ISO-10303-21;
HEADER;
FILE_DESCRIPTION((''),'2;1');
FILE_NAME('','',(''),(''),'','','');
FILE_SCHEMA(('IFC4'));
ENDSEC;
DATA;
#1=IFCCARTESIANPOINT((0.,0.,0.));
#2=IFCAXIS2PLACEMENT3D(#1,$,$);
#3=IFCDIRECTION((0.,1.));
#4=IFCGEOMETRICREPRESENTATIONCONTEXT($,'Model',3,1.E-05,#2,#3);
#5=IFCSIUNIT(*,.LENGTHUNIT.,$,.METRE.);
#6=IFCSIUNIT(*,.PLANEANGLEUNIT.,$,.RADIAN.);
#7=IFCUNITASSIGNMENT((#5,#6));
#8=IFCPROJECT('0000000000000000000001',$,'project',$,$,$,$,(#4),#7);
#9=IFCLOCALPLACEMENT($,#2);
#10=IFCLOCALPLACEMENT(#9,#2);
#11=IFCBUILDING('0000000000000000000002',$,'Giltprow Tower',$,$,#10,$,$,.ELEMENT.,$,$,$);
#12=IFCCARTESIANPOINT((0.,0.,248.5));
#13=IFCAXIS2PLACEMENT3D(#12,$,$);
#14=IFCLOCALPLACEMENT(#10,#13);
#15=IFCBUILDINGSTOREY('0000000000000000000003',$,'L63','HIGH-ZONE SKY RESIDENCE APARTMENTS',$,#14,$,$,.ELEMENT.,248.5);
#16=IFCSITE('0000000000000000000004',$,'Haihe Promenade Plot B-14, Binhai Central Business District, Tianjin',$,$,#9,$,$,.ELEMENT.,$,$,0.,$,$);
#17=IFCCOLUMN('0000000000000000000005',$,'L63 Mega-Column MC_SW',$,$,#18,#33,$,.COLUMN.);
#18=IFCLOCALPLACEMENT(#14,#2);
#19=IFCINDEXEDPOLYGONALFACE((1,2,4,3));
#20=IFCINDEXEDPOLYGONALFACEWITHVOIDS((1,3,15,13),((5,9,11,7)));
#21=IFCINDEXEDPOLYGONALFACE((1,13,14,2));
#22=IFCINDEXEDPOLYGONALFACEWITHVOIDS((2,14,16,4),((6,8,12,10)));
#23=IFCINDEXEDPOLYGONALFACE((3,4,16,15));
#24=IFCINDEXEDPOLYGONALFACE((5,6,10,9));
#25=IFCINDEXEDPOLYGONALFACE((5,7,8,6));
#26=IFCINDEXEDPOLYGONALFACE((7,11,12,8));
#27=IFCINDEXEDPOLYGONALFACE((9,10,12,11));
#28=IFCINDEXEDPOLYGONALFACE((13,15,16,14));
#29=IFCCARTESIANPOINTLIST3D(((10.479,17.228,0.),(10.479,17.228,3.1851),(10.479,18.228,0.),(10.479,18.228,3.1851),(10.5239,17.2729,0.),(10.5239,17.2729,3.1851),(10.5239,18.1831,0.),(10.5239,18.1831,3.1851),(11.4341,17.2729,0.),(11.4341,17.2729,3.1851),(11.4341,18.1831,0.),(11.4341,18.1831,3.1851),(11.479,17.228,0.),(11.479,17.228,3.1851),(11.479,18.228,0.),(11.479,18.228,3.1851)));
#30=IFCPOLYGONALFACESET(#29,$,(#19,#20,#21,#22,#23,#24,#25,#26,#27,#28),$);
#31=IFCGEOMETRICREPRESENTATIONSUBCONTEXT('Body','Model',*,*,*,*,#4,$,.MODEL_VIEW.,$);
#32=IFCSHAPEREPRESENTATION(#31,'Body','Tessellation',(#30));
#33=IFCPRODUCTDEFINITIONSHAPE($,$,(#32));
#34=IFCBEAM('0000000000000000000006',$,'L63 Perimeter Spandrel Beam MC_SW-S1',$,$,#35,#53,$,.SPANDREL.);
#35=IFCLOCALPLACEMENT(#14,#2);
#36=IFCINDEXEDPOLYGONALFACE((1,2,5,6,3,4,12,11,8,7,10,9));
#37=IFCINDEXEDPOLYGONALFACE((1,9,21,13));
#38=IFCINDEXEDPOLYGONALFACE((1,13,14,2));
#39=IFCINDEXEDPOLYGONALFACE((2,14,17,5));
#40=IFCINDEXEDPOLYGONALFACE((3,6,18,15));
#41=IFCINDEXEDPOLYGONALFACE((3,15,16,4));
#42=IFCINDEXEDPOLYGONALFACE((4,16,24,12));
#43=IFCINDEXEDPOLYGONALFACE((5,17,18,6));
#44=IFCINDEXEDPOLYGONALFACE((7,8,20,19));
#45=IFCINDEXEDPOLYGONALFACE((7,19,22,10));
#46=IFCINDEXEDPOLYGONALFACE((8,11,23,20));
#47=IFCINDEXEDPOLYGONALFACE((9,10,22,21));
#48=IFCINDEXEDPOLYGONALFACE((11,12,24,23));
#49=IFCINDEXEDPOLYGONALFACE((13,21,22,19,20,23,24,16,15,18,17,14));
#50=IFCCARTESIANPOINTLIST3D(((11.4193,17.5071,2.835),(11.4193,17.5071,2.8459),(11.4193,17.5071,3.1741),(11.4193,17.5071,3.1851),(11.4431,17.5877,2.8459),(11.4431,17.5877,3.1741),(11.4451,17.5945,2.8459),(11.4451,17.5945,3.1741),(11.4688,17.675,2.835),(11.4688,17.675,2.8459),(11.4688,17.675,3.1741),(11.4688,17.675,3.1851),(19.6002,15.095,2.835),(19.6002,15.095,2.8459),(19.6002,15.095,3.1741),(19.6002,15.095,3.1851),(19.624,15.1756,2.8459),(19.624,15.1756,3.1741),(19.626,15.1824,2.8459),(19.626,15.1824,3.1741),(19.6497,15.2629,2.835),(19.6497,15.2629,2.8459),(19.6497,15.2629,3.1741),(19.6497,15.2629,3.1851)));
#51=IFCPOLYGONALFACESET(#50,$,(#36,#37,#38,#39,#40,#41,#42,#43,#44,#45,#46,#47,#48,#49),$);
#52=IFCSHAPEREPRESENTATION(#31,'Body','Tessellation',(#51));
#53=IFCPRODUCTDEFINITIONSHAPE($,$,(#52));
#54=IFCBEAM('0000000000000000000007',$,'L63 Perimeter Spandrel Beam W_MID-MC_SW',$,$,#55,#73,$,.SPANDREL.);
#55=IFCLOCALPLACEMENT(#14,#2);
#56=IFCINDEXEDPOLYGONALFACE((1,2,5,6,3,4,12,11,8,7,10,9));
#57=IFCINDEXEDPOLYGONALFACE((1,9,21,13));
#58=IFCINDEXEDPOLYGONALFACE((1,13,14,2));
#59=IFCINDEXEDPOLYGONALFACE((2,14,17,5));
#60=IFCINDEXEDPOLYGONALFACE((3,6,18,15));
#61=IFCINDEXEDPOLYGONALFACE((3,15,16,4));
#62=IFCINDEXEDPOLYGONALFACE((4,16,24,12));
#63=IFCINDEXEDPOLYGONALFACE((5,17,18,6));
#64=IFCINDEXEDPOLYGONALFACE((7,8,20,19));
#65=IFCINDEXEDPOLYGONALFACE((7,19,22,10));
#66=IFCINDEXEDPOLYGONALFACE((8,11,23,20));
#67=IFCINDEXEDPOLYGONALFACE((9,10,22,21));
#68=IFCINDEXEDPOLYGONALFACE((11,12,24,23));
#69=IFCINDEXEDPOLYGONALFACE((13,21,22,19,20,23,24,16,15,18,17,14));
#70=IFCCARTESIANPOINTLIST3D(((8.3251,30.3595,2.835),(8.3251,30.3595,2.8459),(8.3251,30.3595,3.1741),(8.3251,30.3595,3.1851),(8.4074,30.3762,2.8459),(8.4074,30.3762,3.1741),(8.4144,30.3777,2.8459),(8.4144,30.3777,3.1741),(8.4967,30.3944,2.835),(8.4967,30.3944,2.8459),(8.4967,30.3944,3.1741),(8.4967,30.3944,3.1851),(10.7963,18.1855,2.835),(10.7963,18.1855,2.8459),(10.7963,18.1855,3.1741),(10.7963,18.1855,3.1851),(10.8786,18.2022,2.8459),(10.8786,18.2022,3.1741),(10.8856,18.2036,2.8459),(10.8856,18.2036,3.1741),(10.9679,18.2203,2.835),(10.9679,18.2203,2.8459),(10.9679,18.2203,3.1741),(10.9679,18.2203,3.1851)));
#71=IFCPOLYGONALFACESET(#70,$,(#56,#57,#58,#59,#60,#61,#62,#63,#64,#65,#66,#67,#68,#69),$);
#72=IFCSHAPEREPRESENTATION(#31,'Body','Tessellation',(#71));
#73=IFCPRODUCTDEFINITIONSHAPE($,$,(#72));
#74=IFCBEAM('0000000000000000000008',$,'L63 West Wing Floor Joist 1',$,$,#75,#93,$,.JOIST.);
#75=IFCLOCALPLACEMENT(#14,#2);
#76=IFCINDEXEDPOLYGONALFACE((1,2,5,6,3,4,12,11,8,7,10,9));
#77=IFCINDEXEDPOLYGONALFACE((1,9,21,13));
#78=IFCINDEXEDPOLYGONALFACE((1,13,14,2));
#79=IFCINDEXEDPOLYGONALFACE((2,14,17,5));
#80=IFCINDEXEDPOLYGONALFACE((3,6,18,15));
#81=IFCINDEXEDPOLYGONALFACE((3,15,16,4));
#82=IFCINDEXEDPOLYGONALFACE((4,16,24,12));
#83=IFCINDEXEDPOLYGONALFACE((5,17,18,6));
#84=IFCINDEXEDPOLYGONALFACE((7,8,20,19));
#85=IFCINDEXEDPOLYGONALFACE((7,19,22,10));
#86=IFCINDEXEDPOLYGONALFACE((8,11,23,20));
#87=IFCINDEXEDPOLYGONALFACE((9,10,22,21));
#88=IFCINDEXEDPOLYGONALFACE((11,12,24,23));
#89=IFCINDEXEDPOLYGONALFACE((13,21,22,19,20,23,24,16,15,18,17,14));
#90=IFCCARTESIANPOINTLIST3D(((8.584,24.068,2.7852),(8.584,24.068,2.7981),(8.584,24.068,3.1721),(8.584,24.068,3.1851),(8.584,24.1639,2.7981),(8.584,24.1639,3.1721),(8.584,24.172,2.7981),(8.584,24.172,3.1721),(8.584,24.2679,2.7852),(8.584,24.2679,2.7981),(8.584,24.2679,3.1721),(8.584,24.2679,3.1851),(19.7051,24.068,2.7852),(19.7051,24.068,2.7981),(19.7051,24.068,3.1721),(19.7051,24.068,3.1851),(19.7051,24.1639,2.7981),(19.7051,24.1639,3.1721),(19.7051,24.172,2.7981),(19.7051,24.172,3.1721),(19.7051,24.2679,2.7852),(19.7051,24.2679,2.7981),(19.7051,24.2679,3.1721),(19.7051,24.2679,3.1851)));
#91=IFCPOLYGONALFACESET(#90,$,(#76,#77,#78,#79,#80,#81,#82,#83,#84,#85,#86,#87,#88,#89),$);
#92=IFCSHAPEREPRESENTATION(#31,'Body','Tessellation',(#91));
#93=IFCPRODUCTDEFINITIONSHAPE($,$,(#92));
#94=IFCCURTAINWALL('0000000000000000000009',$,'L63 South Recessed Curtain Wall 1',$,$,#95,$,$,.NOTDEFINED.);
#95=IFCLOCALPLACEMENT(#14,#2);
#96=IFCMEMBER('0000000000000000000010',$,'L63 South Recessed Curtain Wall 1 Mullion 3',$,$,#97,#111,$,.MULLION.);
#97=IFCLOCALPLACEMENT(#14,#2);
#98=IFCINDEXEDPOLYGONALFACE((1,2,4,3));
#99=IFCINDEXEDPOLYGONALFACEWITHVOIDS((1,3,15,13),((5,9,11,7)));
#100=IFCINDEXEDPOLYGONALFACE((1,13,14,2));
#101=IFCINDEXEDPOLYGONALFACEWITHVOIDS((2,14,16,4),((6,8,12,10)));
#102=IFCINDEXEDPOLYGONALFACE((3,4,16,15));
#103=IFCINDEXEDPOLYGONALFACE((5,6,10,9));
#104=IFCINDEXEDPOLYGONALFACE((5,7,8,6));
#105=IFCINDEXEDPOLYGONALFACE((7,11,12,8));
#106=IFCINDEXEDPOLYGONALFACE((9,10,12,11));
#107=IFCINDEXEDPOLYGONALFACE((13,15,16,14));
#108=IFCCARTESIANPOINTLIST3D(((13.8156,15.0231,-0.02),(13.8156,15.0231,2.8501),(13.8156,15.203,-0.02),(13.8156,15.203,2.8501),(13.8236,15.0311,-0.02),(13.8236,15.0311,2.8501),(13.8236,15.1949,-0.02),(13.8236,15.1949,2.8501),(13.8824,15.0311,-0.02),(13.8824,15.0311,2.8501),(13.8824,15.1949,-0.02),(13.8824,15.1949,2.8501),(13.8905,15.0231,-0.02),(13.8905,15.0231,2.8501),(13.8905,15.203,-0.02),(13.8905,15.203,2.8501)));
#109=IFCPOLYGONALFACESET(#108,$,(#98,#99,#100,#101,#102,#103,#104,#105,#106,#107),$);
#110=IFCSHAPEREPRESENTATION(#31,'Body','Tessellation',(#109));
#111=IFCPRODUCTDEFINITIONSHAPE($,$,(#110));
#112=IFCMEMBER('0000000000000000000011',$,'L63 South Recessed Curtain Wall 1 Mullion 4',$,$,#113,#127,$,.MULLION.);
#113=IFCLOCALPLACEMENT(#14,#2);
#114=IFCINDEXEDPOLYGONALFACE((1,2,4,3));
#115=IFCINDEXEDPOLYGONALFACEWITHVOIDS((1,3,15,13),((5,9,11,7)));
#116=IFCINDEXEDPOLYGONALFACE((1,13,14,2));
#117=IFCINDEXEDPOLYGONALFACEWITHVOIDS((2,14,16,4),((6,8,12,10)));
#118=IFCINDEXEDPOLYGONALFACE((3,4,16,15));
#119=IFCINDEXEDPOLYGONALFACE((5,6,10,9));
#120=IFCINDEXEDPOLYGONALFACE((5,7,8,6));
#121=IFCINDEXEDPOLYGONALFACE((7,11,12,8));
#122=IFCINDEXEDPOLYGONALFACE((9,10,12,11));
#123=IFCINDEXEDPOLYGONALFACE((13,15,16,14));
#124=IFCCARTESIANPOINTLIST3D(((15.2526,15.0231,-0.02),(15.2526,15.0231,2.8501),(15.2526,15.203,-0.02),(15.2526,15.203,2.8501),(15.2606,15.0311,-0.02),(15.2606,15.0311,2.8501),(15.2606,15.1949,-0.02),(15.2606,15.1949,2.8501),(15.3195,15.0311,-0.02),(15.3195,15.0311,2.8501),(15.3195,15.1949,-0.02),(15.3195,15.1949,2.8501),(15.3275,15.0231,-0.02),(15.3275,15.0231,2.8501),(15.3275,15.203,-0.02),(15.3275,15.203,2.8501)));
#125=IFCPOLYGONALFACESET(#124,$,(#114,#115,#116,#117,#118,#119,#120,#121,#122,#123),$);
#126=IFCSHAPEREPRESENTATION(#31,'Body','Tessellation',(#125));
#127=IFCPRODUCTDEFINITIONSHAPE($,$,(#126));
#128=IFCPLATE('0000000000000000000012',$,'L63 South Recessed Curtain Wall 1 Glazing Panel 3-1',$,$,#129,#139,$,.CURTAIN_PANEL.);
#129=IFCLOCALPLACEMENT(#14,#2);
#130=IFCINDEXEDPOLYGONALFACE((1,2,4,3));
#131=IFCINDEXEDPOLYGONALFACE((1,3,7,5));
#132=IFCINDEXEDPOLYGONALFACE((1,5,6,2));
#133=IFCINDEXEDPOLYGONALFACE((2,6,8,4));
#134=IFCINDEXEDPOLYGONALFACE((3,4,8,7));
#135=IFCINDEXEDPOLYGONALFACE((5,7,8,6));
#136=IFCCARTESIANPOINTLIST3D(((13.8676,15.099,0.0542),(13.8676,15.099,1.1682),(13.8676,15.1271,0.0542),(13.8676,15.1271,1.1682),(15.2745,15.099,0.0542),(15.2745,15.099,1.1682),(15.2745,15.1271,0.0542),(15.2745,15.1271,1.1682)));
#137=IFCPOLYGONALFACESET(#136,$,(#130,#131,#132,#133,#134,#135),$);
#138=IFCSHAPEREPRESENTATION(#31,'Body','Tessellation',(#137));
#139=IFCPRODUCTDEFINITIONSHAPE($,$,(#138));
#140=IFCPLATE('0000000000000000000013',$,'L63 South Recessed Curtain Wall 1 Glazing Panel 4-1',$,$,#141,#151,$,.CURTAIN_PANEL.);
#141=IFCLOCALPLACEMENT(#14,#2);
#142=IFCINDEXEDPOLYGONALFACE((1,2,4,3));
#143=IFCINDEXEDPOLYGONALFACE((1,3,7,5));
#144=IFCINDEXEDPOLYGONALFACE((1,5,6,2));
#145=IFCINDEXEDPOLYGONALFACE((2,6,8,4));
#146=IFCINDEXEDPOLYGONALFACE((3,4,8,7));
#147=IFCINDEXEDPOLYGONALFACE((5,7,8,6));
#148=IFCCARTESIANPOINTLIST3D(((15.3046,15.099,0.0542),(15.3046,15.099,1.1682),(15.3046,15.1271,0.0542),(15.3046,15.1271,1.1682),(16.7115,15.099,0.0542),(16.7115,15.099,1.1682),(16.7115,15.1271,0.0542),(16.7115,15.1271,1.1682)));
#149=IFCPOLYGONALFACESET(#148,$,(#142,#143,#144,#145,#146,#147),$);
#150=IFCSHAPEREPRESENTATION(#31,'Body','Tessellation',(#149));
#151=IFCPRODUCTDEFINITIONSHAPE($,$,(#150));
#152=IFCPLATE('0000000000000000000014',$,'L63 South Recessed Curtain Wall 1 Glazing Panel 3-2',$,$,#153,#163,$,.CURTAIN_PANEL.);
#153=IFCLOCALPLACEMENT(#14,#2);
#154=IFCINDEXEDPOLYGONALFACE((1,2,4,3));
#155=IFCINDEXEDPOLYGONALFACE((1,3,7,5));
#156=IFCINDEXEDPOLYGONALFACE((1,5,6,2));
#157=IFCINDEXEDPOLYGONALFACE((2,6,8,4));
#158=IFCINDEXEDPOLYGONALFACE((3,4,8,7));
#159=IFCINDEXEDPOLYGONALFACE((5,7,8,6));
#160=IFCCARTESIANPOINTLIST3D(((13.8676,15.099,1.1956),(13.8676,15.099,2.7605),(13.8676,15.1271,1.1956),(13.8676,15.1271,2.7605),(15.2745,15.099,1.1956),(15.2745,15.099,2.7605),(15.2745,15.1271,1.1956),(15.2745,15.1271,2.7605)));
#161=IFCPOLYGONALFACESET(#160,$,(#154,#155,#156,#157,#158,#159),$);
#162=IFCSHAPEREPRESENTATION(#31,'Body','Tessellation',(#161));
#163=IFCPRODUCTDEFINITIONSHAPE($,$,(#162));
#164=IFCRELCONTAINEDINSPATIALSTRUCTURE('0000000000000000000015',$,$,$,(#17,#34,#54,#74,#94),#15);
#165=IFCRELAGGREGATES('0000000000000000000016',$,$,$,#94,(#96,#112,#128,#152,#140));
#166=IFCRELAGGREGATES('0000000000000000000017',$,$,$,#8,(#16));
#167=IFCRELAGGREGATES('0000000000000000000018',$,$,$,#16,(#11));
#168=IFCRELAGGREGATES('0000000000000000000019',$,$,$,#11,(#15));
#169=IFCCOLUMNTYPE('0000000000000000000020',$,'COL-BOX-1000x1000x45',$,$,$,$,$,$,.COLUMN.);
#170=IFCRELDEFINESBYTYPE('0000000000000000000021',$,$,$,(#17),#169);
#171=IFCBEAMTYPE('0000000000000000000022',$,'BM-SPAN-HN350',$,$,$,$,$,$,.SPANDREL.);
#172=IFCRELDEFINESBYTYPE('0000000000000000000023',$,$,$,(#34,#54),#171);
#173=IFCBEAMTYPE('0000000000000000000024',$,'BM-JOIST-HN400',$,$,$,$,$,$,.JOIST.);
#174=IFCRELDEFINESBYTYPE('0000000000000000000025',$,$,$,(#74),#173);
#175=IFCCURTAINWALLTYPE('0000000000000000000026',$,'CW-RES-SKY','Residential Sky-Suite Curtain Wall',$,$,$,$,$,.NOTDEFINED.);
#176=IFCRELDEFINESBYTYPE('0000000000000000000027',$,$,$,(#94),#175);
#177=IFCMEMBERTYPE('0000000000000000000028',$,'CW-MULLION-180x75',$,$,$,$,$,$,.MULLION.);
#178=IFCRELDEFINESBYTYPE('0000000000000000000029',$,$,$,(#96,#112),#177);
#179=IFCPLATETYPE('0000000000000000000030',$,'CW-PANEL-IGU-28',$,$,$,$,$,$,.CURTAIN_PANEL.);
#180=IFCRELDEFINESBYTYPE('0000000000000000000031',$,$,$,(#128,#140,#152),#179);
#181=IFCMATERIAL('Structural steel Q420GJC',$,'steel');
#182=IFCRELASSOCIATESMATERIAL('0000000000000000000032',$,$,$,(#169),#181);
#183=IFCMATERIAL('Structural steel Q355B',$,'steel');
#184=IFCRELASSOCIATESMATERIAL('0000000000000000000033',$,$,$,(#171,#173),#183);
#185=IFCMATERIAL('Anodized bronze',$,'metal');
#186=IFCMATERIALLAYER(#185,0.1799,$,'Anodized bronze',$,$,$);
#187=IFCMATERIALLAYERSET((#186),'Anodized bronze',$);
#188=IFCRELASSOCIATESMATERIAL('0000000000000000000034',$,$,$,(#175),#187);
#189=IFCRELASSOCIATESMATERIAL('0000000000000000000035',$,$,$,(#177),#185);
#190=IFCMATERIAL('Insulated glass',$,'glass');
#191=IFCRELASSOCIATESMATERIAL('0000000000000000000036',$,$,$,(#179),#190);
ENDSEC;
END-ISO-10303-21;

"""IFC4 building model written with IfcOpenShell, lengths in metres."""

from ifc_helpers import new_model, si_unit, direction, frame, origin, origin_2d, place, context, subcontext, project, spatial, rectangle, hollow_rectangle, i_section, extrude, source, transform, mapped, material, layer, layer_set, material_profile, profile_set, type_object, element, aggregate, save


model = new_model("IFC4")

# Units and contexts
model_context = context("Model", 3, precision=1e-05, world=origin(), true_north=direction((0.0, 1.0)))
body_context = subcontext(model_context, "Body", "Model", "MODEL_VIEW")
ifc_project = project(units=[si_unit("LENGTHUNIT", "METRE"), si_unit("PLANEANGLEUNIT", "RADIAN")], contexts=[model_context])

# Site, building, storey
site_placement = place(None, origin())
site = spatial("IfcSite", under=ifc_project, at=site_placement, Name="Haihe Promenade Plot B-14, Binhai Central Business District, Tianjin", CompositionType="ELEMENT", RefElevation=0.0)
building_placement = place(site_placement, origin())
building = spatial("IfcBuilding", under=site, at=building_placement, Name="Giltprow Tower", CompositionType="ELEMENT")
storey_placement = place(building_placement, frame((0.0, 0.0, 248.5)))
storey = spatial("IfcBuildingStorey", under=building, at=storey_placement, Name="L63", Description="HIGH-ZONE SKY RESIDENCE APARTMENTS", CompositionType="ELEMENT", Elevation=248.5)

# Column
ifc_material_1 = material(Name="Structural steel Q420GJC", Category="steel")
ifc_material_profile_1 = material_profile(ifc_material_1, hollow_rectangle(XDim=1.0, YDim=1.0, WallThickness=0.0449, at=origin_2d()), Name="BOX 1000x1000x45")
ifc_profile_set_1 = profile_set([ifc_material_profile_1], Name="Structural steel Q420GJC")
column_type = type_object("IfcColumnType", Name="COL-BOX-1000x1000x45", PredefinedType="COLUMN", material=ifc_profile_set_1)
shared_shape_1 = source(origin(), body_context, "Body", "SweptSolid", [
    extrude(hollow_rectangle(XDim=1.0, YDim=1.0, WallThickness=0.0449, at=origin_2d()), origin(), (0.0, 0.0, 1.0), 3.1851),
])
column_placement = place(storey_placement, frame((10.979, 17.728, 0.0), z_axis=(0.0, 0.0, 1.0), x_axis=(1.0, 0.0, 0.0)))
element("IfcColumn", 1, at=column_placement, inside=storey, type_object=column_type, Name="L63 Mega-Column MC_SW", PredefinedType="COLUMN", context=body_context, shape_type="MappedRepresentation", body=[
    mapped(shared_shape_1, transform((0.0, 0.0, 0.0), x_axis=(1.0, 0.0, 0.0), y_axis=(0.0, 1.0, 0.0), z_axis=(0.0, 0.0, 1.0), scale=1.0)),
])

# Beams
ifc_material_2 = material(Name="Structural steel Q355B", Category="steel")
ifc_material_profile_2 = material_profile(ifc_material_2, i_section(OverallWidth=0.175, OverallDepth=0.3501, WebThickness=0.0071, FlangeThickness=0.011, at=origin_2d()), Name="HN 350x175x7x11")
ifc_profile_set_2 = profile_set([ifc_material_profile_2], Name="Structural steel Q355B")
beam_type_1 = type_object("IfcBeamType", Name="BM-SPAN-HN350", PredefinedType="SPANDREL", material=ifc_profile_set_2)
shared_shape_2 = source(origin(), body_context, "Body", "SweptSolid", [
    extrude(i_section(OverallWidth=0.175, OverallDepth=0.3501, WebThickness=0.0071, FlangeThickness=0.011, at=origin_2d()), origin(), (0.0, 0.0, 1.0), 8.5291),
])
beam_1_placement = place(storey_placement, frame((11.4441, 17.5911, 3.01), z_axis=(0.959176, -0.282809, 0.0), x_axis=(0.282809, 0.959176, 0.0)))
element("IfcBeam", 2, at=beam_1_placement, inside=storey, type_object=beam_type_1, Name="L63 Perimeter Spandrel Beam MC_SW-S1", PredefinedType="SPANDREL", context=body_context, shape_type="MappedRepresentation", body=[
    mapped(shared_shape_2, transform((0.0, 0.0, 0.0), x_axis=(1.0, 0.0, 0.0), y_axis=(0.0, 1.0, 0.0), z_axis=(0.0, 0.0, 1.0), scale=1.0)),
])
shared_shape_3 = source(origin(), body_context, "Body", "SweptSolid", [
    extrude(i_section(OverallWidth=0.175, OverallDepth=0.3501, WebThickness=0.0071, FlangeThickness=0.011, at=origin_2d()), origin(), (0.0, 0.0, 1.0), 12.4224),
])
beam_2_placement = place(storey_placement, frame((8.4109, 30.377, 3.01), z_axis=(0.198931, -0.980013, 0.0), x_axis=(0.980013, 0.198931, 0.0)))
element("IfcBeam", 3, at=beam_2_placement, inside=storey, type_object=beam_type_1, Name="L63 Perimeter Spandrel Beam W_MID-MC_SW", PredefinedType="SPANDREL", context=body_context, shape_type="MappedRepresentation", body=[
    mapped(shared_shape_3, transform((0.0, 0.0, 0.0), x_axis=(1.0, 0.0, 0.0), y_axis=(0.0, 1.0, 0.0), z_axis=(0.0, 0.0, 1.0), scale=1.0)),
])
ifc_material_profile_3 = material_profile(ifc_material_2, i_section(OverallWidth=0.2, OverallDepth=0.3999, WebThickness=0.0081, FlangeThickness=0.0129, at=origin_2d()), Name="HN 400x200x8x13")
ifc_profile_set_3 = profile_set([ifc_material_profile_3], Name="Structural steel Q355B")
beam_type_2 = type_object("IfcBeamType", Name="BM-JOIST-HN400", PredefinedType="JOIST", material=ifc_profile_set_3)
shared_shape_4 = source(origin(), body_context, "Body", "SweptSolid", [
    extrude(i_section(OverallWidth=0.2, OverallDepth=0.3999, WebThickness=0.0081, FlangeThickness=0.0129, at=origin_2d()), origin(), (0.0, 0.0, 1.0), 11.1211),
])
beam_3_placement = place(storey_placement, frame((8.584, 24.168, 2.9851), z_axis=(1.0, 0.0, 0.0), x_axis=(0.0, 1.0, 0.0)))
element("IfcBeam", 4, at=beam_3_placement, inside=storey, type_object=beam_type_2, Name="L63 West Wing Floor Joist 1", PredefinedType="JOIST", context=body_context, shape_type="MappedRepresentation", body=[
    mapped(shared_shape_4, transform((0.0, 0.0, 0.0), x_axis=(1.0, 0.0, 0.0), y_axis=(0.0, 1.0, 0.0), z_axis=(0.0, 0.0, 1.0), scale=1.0)),
])

# Curtain wall, members, plates
ifc_material_3 = material(Name="Anodized bronze", Category="metal")
ifc_layer_1 = layer(ifc_material_3, 0.1799, Name="Anodized bronze")
ifc_layer_set_1 = layer_set([ifc_layer_1], Name="Anodized bronze")
curtain_wall_type = type_object("IfcCurtainWallType", Name="CW-RES-SKY", Description="Residential Sky-Suite Curtain Wall", PredefinedType="NOTDEFINED", material=ifc_layer_set_1)
curtain_wall_placement = place(storey_placement, origin())
curtain_wall = element("IfcCurtainWall", 5, at=curtain_wall_placement, inside=storey, type_object=curtain_wall_type, Name="L63 South Recessed Curtain Wall 1", PredefinedType="NOTDEFINED")
ifc_material_profile_4 = material_profile(ifc_material_3, hollow_rectangle(XDim=0.075, YDim=0.1799, WallThickness=0.0081, at=origin_2d()), Name="RHS 180x75x8")
ifc_profile_set_4 = profile_set([ifc_material_profile_4], Name="Anodized bronze")
member_type = type_object("IfcMemberType", Name="CW-MULLION-180x75", PredefinedType="MULLION", material=ifc_profile_set_4)
shared_shape_5 = source(origin(), body_context, "Body", "SweptSolid", [
    extrude(hollow_rectangle(XDim=0.075, YDim=0.1799, WallThickness=0.0081, at=origin_2d()), origin(), (0.0, 0.0, 1.0), 2.8701),
])
member_1_placement = place(storey_placement, frame((13.853, 15.113, -0.02), z_axis=(0.0, 0.0, 1.0), x_axis=(1.0, 0.0, 0.0)))
member_1 = element("IfcMember", 6, at=member_1_placement, type_object=member_type, Name="L63 South Recessed Curtain Wall 1 Mullion 3", PredefinedType="MULLION", context=body_context, shape_type="MappedRepresentation", body=[
    mapped(shared_shape_5, transform((0.0, 0.0, 0.0), x_axis=(1.0, 0.0, 0.0), y_axis=(0.0, 1.0, 0.0), z_axis=(0.0, 0.0, 1.0), scale=1.0)),
])
member_2_placement = place(storey_placement, frame((15.29, 15.113, -0.02), z_axis=(0.0, 0.0, 1.0), x_axis=(1.0, 0.0, 0.0)))
member_2 = element("IfcMember", 7, at=member_2_placement, type_object=member_type, Name="L63 South Recessed Curtain Wall 1 Mullion 4", PredefinedType="MULLION", context=body_context, shape_type="MappedRepresentation", body=[
    mapped(shared_shape_5, transform((0.0, 0.0, 0.0), x_axis=(1.0, 0.0, 0.0), y_axis=(0.0, 1.0, 0.0), z_axis=(0.0, 0.0, 1.0), scale=1.0)),
])
ifc_material_4 = material(Name="Insulated glass", Category="glass")
plate_type = type_object("IfcPlateType", Name="CW-PANEL-IGU-28", PredefinedType="CURTAIN_PANEL", material=ifc_material_4)
shared_shape_6 = source(origin(), body_context, "Body", "SweptSolid", [
    extrude(rectangle(XDim=1.407, YDim=0.0281, at=origin_2d()), origin(), (0.0, 0.0, 1.0), 1.114),
])
plate_1_placement = place(storey_placement, frame((14.571, 15.113, 0.0542), z_axis=(0.0, 0.0, 1.0), x_axis=(1.0, 0.0, 0.0)))
plate_1 = element("IfcPlate", 8, at=plate_1_placement, type_object=plate_type, Name="L63 South Recessed Curtain Wall 1 Glazing Panel 3-1", PredefinedType="CURTAIN_PANEL", context=body_context, shape_type="MappedRepresentation", body=[
    mapped(shared_shape_6, transform((0.0, 0.0, 0.0), x_axis=(1.0, 0.0, 0.0), y_axis=(0.0, 1.0, 0.0), z_axis=(0.0, 0.0, 1.0), scale=1.0)),
])
plate_2_placement = place(storey_placement, frame((16.0081, 15.113, 0.0542), z_axis=(0.0, 0.0, 1.0), x_axis=(1.0, 0.0, 0.0)))
plate_2 = element("IfcPlate", 9, at=plate_2_placement, type_object=plate_type, Name="L63 South Recessed Curtain Wall 1 Glazing Panel 4-1", PredefinedType="CURTAIN_PANEL", context=body_context, shape_type="MappedRepresentation", body=[
    mapped(shared_shape_6, transform((0.0, 0.0, 0.0), x_axis=(1.0, 0.0, 0.0), y_axis=(0.0, 1.0, 0.0), z_axis=(0.0, 0.0, 1.0), scale=1.0)),
])
shared_shape_7 = source(origin(), body_context, "Body", "SweptSolid", [
    extrude(rectangle(XDim=1.407, YDim=0.0281, at=origin_2d()), origin(), (0.0, 0.0, 1.0), 1.5649),
])
plate_3_placement = place(storey_placement, frame((14.571, 15.113, 1.1956), z_axis=(0.0, 0.0, 1.0), x_axis=(1.0, 0.0, 0.0)))
plate_3 = element("IfcPlate", 10, at=plate_3_placement, type_object=plate_type, Name="L63 South Recessed Curtain Wall 1 Glazing Panel 3-2", PredefinedType="CURTAIN_PANEL", context=body_context, shape_type="MappedRepresentation", body=[
    mapped(shared_shape_7, transform((0.0, 0.0, 0.0), x_axis=(1.0, 0.0, 0.0), y_axis=(0.0, 1.0, 0.0), z_axis=(0.0, 0.0, 1.0), scale=1.0)),
])
aggregate(curtain_wall, [member_1, member_2, plate_1, plate_3, plate_2])

save(model, "model.ifc")
